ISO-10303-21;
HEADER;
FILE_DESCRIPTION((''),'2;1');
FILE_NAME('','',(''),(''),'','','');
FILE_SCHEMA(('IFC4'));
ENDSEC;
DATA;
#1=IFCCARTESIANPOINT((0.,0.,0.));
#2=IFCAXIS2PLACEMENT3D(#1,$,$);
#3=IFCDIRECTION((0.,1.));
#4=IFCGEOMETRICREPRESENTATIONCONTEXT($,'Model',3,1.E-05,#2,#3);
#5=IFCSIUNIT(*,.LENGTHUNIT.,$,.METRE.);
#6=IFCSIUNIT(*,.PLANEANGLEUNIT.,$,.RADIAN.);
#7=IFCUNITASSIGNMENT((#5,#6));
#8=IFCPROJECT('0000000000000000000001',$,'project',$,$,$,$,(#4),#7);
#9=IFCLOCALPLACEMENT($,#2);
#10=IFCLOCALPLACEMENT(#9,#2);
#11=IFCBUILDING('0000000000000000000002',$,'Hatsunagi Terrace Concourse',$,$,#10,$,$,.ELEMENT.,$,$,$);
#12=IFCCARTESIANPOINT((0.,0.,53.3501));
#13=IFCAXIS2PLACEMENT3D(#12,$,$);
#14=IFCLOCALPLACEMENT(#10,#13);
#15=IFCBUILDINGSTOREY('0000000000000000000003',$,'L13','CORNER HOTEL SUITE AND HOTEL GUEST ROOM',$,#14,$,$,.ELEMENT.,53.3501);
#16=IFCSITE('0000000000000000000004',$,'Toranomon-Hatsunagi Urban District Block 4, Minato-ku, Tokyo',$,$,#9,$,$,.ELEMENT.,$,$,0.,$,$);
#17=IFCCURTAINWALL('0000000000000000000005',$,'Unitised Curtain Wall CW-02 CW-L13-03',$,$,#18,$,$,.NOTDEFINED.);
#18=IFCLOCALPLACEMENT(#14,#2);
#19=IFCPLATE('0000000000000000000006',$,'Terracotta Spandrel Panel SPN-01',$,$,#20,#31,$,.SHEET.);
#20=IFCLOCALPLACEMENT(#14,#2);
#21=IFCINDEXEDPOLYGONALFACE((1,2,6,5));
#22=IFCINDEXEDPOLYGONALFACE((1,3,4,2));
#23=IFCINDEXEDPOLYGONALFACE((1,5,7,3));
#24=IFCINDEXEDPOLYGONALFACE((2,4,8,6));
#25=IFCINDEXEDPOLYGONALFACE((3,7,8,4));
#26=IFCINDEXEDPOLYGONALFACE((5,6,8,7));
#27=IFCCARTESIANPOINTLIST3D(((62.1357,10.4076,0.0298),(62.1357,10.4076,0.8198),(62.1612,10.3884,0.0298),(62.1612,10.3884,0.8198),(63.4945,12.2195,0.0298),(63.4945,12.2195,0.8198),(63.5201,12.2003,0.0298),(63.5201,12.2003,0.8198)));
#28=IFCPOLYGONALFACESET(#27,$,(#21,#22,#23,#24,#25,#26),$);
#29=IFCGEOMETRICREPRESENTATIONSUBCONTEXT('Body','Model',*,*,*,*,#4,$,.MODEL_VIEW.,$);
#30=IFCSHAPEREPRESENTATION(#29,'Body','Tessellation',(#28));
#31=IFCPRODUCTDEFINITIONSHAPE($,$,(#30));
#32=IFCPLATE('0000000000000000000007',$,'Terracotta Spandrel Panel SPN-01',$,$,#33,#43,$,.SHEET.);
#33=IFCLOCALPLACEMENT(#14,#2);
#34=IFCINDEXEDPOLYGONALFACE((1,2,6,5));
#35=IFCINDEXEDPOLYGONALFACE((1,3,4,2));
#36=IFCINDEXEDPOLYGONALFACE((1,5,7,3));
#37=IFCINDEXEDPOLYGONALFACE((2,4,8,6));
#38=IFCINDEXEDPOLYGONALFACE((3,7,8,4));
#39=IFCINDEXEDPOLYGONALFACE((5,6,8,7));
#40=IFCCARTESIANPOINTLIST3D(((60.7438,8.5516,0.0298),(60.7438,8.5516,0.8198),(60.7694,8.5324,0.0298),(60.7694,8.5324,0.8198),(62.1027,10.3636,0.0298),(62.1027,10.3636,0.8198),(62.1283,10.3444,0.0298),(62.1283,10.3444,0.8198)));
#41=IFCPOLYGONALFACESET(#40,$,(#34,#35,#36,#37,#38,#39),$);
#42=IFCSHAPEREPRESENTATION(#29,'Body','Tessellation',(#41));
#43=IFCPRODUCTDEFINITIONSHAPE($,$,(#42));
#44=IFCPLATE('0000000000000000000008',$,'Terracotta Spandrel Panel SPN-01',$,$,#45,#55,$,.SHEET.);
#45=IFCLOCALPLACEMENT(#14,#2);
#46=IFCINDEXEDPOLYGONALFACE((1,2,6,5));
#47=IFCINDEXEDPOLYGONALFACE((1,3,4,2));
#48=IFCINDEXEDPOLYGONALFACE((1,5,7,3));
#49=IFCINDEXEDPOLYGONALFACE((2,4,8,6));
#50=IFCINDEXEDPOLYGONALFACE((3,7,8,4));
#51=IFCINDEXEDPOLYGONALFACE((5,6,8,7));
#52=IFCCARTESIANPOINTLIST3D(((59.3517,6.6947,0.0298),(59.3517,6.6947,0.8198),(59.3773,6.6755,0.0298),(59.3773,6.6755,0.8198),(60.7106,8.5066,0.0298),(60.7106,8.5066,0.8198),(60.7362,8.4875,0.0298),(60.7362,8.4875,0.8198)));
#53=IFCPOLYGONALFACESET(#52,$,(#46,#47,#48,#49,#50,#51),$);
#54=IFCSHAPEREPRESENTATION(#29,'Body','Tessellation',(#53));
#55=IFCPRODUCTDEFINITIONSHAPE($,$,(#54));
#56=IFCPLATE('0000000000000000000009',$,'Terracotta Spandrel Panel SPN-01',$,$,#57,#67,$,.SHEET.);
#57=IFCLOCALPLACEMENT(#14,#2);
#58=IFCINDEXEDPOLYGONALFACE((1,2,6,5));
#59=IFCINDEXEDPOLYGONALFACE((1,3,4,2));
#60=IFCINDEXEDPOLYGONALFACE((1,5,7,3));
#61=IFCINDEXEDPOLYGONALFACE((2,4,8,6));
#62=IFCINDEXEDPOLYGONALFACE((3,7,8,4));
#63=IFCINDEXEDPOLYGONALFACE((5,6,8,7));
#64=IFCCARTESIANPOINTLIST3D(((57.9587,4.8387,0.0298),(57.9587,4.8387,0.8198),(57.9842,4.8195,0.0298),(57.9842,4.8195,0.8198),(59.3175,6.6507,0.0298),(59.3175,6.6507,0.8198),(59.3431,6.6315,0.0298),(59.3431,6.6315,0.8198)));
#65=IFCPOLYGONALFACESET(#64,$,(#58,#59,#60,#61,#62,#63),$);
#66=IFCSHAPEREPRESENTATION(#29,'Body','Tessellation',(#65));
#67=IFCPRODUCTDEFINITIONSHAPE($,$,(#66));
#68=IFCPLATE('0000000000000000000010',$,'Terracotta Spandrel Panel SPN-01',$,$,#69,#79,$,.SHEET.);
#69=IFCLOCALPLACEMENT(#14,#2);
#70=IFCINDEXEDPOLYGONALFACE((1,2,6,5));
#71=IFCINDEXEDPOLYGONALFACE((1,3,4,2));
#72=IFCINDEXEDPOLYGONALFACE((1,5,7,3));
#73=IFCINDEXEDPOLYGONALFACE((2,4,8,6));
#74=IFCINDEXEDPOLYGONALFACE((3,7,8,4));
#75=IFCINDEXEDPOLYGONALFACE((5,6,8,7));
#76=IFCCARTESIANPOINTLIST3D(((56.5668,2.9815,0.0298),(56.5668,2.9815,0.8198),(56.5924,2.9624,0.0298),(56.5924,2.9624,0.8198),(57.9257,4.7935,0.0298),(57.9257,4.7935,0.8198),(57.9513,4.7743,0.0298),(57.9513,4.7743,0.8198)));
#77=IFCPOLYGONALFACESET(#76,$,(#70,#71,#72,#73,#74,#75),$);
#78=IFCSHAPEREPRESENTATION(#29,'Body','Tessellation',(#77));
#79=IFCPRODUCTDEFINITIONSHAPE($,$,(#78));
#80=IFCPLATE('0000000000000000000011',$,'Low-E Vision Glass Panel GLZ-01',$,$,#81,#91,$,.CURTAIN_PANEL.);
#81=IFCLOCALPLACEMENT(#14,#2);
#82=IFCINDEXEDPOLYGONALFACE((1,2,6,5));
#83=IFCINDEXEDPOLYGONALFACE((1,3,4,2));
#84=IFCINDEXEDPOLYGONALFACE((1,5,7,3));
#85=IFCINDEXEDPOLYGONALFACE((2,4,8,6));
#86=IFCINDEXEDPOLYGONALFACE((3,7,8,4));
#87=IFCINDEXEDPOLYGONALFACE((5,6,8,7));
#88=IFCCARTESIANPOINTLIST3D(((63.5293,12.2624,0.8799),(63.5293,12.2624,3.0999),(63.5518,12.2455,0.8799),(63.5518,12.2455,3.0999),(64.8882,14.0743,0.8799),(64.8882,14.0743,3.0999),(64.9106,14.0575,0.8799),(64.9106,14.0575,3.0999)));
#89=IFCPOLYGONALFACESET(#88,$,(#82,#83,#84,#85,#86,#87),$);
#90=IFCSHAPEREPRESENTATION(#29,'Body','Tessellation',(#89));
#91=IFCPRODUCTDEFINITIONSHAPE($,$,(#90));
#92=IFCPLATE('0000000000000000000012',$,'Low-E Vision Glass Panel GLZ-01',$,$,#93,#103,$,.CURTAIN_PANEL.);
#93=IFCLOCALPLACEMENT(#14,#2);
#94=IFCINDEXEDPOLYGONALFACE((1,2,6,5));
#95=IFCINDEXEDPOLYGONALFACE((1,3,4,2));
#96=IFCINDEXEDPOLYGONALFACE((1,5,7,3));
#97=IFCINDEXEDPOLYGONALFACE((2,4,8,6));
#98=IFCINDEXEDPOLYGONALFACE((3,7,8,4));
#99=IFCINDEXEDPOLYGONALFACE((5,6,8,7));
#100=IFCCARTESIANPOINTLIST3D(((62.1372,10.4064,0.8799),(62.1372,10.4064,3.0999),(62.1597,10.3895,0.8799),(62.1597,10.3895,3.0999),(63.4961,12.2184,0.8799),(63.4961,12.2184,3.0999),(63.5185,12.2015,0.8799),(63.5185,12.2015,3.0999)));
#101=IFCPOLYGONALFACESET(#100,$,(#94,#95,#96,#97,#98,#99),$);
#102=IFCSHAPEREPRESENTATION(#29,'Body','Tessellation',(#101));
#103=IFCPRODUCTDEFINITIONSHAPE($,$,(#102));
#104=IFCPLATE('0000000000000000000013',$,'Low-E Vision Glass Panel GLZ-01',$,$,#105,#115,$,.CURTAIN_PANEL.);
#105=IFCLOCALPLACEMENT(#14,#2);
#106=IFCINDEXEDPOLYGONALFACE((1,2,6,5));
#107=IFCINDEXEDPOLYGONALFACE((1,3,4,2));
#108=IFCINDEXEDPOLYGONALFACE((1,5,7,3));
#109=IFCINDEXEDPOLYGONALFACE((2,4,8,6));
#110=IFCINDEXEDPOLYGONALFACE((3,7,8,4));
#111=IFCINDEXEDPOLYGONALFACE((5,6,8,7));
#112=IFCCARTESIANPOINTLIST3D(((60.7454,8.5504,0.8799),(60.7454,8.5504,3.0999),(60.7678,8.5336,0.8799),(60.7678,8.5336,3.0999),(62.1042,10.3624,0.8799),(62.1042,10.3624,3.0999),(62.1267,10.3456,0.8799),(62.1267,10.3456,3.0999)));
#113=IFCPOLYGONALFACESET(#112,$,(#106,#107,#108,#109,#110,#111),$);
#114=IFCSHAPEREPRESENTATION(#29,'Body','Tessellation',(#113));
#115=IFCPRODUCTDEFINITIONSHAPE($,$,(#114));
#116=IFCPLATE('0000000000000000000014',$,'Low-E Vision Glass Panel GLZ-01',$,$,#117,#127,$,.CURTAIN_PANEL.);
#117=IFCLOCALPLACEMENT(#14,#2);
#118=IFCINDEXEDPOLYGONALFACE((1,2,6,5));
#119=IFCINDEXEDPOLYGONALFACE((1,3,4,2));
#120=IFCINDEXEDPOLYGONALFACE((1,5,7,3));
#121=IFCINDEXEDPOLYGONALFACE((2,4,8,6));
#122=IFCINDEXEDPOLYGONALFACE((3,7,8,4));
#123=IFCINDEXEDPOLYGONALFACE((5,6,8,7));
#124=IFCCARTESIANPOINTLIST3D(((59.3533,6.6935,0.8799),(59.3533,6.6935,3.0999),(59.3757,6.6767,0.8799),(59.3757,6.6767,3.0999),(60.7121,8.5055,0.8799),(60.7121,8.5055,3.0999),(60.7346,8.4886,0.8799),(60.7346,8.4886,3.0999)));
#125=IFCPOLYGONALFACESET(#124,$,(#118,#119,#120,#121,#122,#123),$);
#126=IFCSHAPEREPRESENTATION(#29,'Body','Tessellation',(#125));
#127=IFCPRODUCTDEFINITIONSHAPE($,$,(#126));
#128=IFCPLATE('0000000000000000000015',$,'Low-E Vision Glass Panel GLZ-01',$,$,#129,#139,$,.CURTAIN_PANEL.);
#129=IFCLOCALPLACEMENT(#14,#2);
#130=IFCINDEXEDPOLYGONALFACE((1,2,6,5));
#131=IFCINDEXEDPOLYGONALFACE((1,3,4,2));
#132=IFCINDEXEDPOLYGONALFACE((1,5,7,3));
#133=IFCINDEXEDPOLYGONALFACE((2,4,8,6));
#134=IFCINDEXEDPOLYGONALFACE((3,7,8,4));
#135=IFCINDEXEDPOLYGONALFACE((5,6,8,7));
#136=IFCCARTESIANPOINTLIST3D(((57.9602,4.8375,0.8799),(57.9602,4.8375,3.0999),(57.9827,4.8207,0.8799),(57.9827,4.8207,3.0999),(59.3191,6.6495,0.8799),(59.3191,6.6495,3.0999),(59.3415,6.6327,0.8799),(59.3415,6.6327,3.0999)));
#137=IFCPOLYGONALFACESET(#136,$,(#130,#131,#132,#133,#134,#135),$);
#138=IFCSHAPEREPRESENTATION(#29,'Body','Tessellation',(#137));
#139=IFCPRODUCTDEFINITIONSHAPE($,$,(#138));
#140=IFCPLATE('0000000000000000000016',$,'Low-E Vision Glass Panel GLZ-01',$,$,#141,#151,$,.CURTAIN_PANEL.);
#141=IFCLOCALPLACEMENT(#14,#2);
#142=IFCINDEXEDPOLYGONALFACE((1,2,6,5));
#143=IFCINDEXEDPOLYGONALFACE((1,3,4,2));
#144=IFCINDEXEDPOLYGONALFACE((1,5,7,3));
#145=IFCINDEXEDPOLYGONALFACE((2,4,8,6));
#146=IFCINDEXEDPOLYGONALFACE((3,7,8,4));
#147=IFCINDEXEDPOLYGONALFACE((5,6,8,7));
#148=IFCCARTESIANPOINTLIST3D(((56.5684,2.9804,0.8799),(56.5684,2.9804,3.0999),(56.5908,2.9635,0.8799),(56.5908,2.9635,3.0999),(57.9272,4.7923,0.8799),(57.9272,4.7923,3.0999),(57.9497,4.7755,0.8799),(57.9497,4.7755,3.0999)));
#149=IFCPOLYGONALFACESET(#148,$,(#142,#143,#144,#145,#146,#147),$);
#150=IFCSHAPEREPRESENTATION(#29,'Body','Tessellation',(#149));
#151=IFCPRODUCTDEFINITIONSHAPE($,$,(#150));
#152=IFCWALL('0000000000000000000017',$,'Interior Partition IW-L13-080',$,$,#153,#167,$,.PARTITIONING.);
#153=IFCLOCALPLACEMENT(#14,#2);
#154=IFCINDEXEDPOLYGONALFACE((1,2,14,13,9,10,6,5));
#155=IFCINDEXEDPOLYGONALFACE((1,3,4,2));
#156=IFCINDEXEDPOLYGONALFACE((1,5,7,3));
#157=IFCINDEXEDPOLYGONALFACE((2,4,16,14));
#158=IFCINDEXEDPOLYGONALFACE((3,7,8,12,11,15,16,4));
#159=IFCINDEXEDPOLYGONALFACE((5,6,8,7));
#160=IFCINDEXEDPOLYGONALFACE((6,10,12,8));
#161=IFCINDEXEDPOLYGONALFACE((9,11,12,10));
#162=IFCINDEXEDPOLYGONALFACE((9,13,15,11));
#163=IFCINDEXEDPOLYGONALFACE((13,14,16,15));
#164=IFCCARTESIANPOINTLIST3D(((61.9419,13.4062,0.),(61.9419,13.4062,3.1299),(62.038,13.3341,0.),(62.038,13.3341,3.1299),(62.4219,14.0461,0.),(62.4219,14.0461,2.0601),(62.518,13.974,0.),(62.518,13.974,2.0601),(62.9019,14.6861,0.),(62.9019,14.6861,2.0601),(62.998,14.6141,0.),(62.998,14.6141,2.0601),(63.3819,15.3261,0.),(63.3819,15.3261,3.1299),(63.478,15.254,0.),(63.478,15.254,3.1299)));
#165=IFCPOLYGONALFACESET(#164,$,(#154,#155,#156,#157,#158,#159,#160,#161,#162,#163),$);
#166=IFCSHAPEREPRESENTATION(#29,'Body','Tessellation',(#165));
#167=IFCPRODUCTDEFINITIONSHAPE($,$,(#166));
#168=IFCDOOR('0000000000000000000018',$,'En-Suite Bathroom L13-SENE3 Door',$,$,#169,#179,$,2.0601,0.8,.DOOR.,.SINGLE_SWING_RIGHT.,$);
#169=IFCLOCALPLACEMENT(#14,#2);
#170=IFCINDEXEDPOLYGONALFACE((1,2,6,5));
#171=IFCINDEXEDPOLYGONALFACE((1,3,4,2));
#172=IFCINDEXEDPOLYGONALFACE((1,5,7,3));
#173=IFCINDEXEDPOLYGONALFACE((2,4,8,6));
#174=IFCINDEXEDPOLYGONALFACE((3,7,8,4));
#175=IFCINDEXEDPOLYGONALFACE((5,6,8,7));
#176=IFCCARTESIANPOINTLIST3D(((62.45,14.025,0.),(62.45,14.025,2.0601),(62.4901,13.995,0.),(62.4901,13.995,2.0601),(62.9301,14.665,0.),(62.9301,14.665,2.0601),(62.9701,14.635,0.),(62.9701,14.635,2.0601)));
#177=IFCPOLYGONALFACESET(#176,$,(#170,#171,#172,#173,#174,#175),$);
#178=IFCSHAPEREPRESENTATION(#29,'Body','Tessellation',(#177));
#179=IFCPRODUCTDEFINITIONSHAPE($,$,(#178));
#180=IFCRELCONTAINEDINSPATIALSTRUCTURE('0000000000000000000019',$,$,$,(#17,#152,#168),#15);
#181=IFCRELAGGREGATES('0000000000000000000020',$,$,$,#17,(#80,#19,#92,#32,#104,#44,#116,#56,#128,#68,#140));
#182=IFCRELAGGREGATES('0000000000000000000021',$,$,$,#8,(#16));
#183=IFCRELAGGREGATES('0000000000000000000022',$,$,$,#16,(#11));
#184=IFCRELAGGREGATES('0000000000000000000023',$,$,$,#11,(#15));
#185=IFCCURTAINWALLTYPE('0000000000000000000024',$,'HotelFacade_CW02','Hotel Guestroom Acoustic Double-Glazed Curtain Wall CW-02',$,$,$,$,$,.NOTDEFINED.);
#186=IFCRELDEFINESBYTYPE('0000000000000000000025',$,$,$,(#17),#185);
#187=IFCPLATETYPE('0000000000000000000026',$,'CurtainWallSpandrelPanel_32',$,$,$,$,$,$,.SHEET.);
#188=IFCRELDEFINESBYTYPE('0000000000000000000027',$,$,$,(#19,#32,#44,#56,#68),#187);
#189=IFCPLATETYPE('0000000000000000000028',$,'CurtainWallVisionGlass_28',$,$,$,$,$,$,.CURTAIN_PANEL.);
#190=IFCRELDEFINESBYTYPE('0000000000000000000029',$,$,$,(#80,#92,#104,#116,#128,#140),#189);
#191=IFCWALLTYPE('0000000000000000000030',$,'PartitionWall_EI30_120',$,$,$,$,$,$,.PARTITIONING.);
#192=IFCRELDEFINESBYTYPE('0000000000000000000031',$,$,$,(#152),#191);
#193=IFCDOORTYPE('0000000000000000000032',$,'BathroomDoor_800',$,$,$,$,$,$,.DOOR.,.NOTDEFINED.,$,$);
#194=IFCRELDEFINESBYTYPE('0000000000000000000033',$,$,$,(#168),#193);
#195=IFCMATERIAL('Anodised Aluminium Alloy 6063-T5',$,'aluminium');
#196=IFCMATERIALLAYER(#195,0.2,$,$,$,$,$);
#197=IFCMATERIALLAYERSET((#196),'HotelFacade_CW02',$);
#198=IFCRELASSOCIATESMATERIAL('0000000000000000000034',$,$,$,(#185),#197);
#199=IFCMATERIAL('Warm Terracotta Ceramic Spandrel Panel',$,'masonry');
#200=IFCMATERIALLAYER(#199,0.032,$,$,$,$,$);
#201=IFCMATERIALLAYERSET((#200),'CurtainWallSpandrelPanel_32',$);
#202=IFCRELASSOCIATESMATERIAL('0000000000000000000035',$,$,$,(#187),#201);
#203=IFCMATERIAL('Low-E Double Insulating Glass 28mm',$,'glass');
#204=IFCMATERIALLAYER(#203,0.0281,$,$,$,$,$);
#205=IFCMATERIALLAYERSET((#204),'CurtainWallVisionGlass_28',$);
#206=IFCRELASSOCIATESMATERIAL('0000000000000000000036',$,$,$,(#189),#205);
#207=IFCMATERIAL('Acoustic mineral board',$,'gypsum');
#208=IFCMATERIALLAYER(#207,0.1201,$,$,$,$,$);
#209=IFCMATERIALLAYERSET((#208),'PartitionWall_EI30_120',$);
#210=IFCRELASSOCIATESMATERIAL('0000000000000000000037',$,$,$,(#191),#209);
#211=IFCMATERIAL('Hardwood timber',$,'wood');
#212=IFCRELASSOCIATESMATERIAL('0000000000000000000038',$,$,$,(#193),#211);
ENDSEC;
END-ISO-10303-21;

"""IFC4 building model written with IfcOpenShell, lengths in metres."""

from ifc_helpers import new_model, si_unit, direction, frame, frame_2d, origin, origin_2d, place, context, subcontext, project, spatial, rectangle, extrude, material, layer, layer_set, type_object, element, fill, aggregate, save


model = new_model("IFC4")

# Units and contexts
model_context = context("Model", 3, precision=1e-05, world=origin(), true_north=direction((0.0, 1.0)))
body_context = subcontext(model_context, "Body", "Model", "MODEL_VIEW")
ifc_project = project(units=[si_unit("LENGTHUNIT", "METRE"), si_unit("PLANEANGLEUNIT", "RADIAN")], contexts=[model_context])

# Site, building, storey
site_placement = place(None, origin())
site = spatial("IfcSite", under=ifc_project, at=site_placement, Name="Toranomon-Hatsunagi Urban District Block 4, Minato-ku, Tokyo", CompositionType="ELEMENT", RefElevation=0.0)
building_placement = place(site_placement, origin())
building = spatial("IfcBuilding", under=site, at=building_placement, Name="Hatsunagi Terrace Concourse", CompositionType="ELEMENT")
storey_placement = place(building_placement, frame((0.0, 0.0, 53.3501)))
storey = spatial("IfcBuildingStorey", under=building, at=storey_placement, Name="L13", Description="CORNER HOTEL SUITE AND HOTEL GUEST ROOM", CompositionType="ELEMENT", Elevation=53.3501)

# Curtain wall
ifc_material_1 = material(Name="Anodised Aluminium Alloy 6063-T5", Category="aluminium")
ifc_layer_1 = layer(ifc_material_1, 0.2)
ifc_layer_set_1 = layer_set([ifc_layer_1], Name="HotelFacade_CW02")
curtain_wall_type = type_object("IfcCurtainWallType", Name="HotelFacade_CW02", Description="Hotel Guestroom Acoustic Double-Glazed Curtain Wall CW-02", PredefinedType="NOTDEFINED", material=ifc_layer_set_1)
curtain_wall_placement = place(storey_placement, origin())
curtain_wall = element("IfcCurtainWall", 1, at=curtain_wall_placement, inside=storey, type_object=curtain_wall_type, Name="Unitised Curtain Wall CW-02 CW-L13-03", PredefinedType="NOTDEFINED")

# Plates
ifc_material_2 = material(Name="Warm Terracotta Ceramic Spandrel Panel", Category="masonry")
ifc_layer_2 = layer(ifc_material_2, 0.032)
ifc_layer_set_2 = layer_set([ifc_layer_2], Name="CurtainWallSpandrelPanel_32")
plate_type_1 = type_object("IfcPlateType", Name="CurtainWallSpandrelPanel_32", PredefinedType="SHEET", material=ifc_layer_set_2)
plate_1_placement = place(storey_placement, frame((62.8279, 11.304, 0.0298), z_axis=(0.0, 0.0, 1.0), x_axis=(-0.599969, -0.800023, 0.0)))
plate_1 = element("IfcPlate", 2, at=plate_1_placement, type_object=plate_type_1, Name="Terracotta Spandrel Panel SPN-01", PredefinedType="SHEET", context=body_context, shape_type="SweptSolid", body=[
    extrude(rectangle(XDim=2.2649, YDim=0.032, at=origin_2d()), origin(), (0.0, 0.0, 1.0), 0.79),
])
plate_2_placement = place(storey_placement, frame((61.436, 9.448, 0.0298), z_axis=(0.0, 0.0, 1.0), x_axis=(-0.599969, -0.800023, 0.0)))
plate_2 = element("IfcPlate", 3, at=plate_2_placement, type_object=plate_type_1, Name="Terracotta Spandrel Panel SPN-01", PredefinedType="SHEET", context=body_context, shape_type="SweptSolid", body=[
    extrude(rectangle(XDim=2.2649, YDim=0.032, at=origin_2d()), origin(), (0.0, 0.0, 1.0), 0.79),
])
plate_3_placement = place(storey_placement, frame((60.0439, 7.5911, 0.0298), z_axis=(0.0, 0.0, 1.0), x_axis=(-0.599969, -0.800023, 0.0)))
plate_3 = element("IfcPlate", 4, at=plate_3_placement, type_object=plate_type_1, Name="Terracotta Spandrel Panel SPN-01", PredefinedType="SHEET", context=body_context, shape_type="SweptSolid", body=[
    extrude(rectangle(XDim=2.2649, YDim=0.032, at=origin_2d()), origin(), (0.0, 0.0, 1.0), 0.79),
])
plate_4_placement = place(storey_placement, frame((58.6509, 5.7351, 0.0298), z_axis=(0.0, 0.0, 1.0), x_axis=(-0.599969, -0.800023, 0.0)))
plate_4 = element("IfcPlate", 5, at=plate_4_placement, type_object=plate_type_1, Name="Terracotta Spandrel Panel SPN-01", PredefinedType="SHEET", context=body_context, shape_type="SweptSolid", body=[
    extrude(rectangle(XDim=2.2649, YDim=0.032, at=origin_2d()), origin(), (0.0, 0.0, 1.0), 0.79),
])
plate_5_placement = place(storey_placement, frame((57.259, 3.8779, 0.0298), z_axis=(0.0, 0.0, 1.0), x_axis=(-0.599969, -0.800023, 0.0)))
plate_5 = element("IfcPlate", 6, at=plate_5_placement, type_object=plate_type_1, Name="Terracotta Spandrel Panel SPN-01", PredefinedType="SHEET", context=body_context, shape_type="SweptSolid", body=[
    extrude(rectangle(XDim=2.2649, YDim=0.032, at=origin_2d()), origin(), (0.0, 0.0, 1.0), 0.79),
])
ifc_material_3 = material(Name="Low-E Double Insulating Glass 28mm", Category="glass")
ifc_layer_3 = layer(ifc_material_3, 0.0281)
ifc_layer_set_3 = layer_set([ifc_layer_3], Name="CurtainWallVisionGlass_28")
plate_type_2 = type_object("IfcPlateType", Name="CurtainWallVisionGlass_28", PredefinedType="CURTAIN_PANEL", material=ifc_layer_set_3)
plate_6_placement = place(storey_placement, frame((64.22, 13.1599, 0.8799), z_axis=(0.0, 0.0, 1.0), x_axis=(-0.599969, -0.800023, 0.0)))
plate_6 = element("IfcPlate", 7, at=plate_6_placement, type_object=plate_type_2, Name="Low-E Vision Glass Panel GLZ-01", PredefinedType="CURTAIN_PANEL", context=body_context, shape_type="SweptSolid", body=[
    extrude(rectangle(XDim=2.2649, YDim=0.0281, at=origin_2d()), origin(), (0.0, 0.0, 1.0), 2.22),
])
plate_7_placement = place(storey_placement, frame((62.8279, 11.304, 0.8799), z_axis=(0.0, 0.0, 1.0), x_axis=(-0.599969, -0.800023, 0.0)))
plate_7 = element("IfcPlate", 8, at=plate_7_placement, type_object=plate_type_2, Name="Low-E Vision Glass Panel GLZ-01", PredefinedType="CURTAIN_PANEL", context=body_context, shape_type="SweptSolid", body=[
    extrude(rectangle(XDim=2.2649, YDim=0.0281, at=origin_2d()), origin(), (0.0, 0.0, 1.0), 2.22),
])
plate_8_placement = place(storey_placement, frame((61.436, 9.448, 0.8799), z_axis=(0.0, 0.0, 1.0), x_axis=(-0.599969, -0.800023, 0.0)))
plate_8 = element("IfcPlate", 9, at=plate_8_placement, type_object=plate_type_2, Name="Low-E Vision Glass Panel GLZ-01", PredefinedType="CURTAIN_PANEL", context=body_context, shape_type="SweptSolid", body=[
    extrude(rectangle(XDim=2.2649, YDim=0.0281, at=origin_2d()), origin(), (0.0, 0.0, 1.0), 2.22),
])
plate_9_placement = place(storey_placement, frame((60.0439, 7.5911, 0.8799), z_axis=(0.0, 0.0, 1.0), x_axis=(-0.599969, -0.800023, 0.0)))
plate_9 = element("IfcPlate", 10, at=plate_9_placement, type_object=plate_type_2, Name="Low-E Vision Glass Panel GLZ-01", PredefinedType="CURTAIN_PANEL", context=body_context, shape_type="SweptSolid", body=[
    extrude(rectangle(XDim=2.2649, YDim=0.0281, at=origin_2d()), origin(), (0.0, 0.0, 1.0), 2.22),
])
plate_10_placement = place(storey_placement, frame((58.6509, 5.7351, 0.8799), z_axis=(0.0, 0.0, 1.0), x_axis=(-0.599969, -0.800023, 0.0)))
plate_10 = element("IfcPlate", 11, at=plate_10_placement, type_object=plate_type_2, Name="Low-E Vision Glass Panel GLZ-01", PredefinedType="CURTAIN_PANEL", context=body_context, shape_type="SweptSolid", body=[
    extrude(rectangle(XDim=2.2649, YDim=0.0281, at=origin_2d()), origin(), (0.0, 0.0, 1.0), 2.22),
])
plate_11_placement = place(storey_placement, frame((57.259, 3.8779, 0.8799), z_axis=(0.0, 0.0, 1.0), x_axis=(-0.599969, -0.800023, 0.0)))
plate_11 = element("IfcPlate", 12, at=plate_11_placement, type_object=plate_type_2, Name="Low-E Vision Glass Panel GLZ-01", PredefinedType="CURTAIN_PANEL", context=body_context, shape_type="SweptSolid", body=[
    extrude(rectangle(XDim=2.2649, YDim=0.0281, at=origin_2d()), origin(), (0.0, 0.0, 1.0), 2.22),
])
aggregate(curtain_wall, [plate_6, plate_1, plate_7, plate_2, plate_8, plate_3, plate_9, plate_4, plate_10, plate_5, plate_11])

# Wall, opening, door
ifc_material_4 = material(Name="Acoustic mineral board", Category="gypsum")
ifc_layer_4 = layer(ifc_material_4, 0.1201)
ifc_layer_set_4 = layer_set([ifc_layer_4], Name="PartitionWall_EI30_120")
wall_type_1 = type_object("IfcWallType", Name="PartitionWall_EI30_120", PredefinedType="PARTITIONING", material=ifc_layer_set_4)
wall_1_placement = place(storey_placement, frame((61.99, 13.3701, 0.0), z_axis=(0.0, 0.0, 1.0), x_axis=(0.6, 0.8, 0.0)))
wall_1 = element("IfcWall", 13, at=wall_1_placement, inside=storey, type_object=wall_type_1, Name="Interior Partition IW-L13-080", PredefinedType="PARTITIONING", context=body_context, shape_type="SweptSolid", body=[
    extrude(rectangle(XDim=2.3999, YDim=0.1201, at=frame_2d((1.2, 0.0))), origin(), (0.0, 0.0, 1.0), 3.1299),
])
opening_1_placement = place(wall_1_placement, frame((0.8, 0.0, 0.0)))
opening_1 = element("IfcOpeningElement", 14, at=opening_1_placement, cuts=wall_1, PredefinedType="OPENING", context=body_context, shape_type="SweptSolid", body=[
    extrude(rectangle(XDim=0.8, YDim=2.0601, at=frame_2d((0.3999, 1.03))), frame((0.0, 0.0701, 0.0), z_axis=(0.0, -1.0, 0.0), x_axis=(1.0, 0.0, 0.0)), (0.0, 0.0, 1.0), 0.1401),
])
ifc_material_5 = material(Name="Hardwood timber", Category="wood")
door_type = type_object("IfcDoorType", Name="BathroomDoor_800", OperationType="NOTDEFINED", PredefinedType="DOOR", material=ifc_material_5)
door_placement = place(opening_1_placement, origin())
door = element("IfcDoor", 15, at=door_placement, inside=storey, type_object=door_type, Name="En-Suite Bathroom L13-SENE3 Door", OperationType="SINGLE_SWING_RIGHT", OverallHeight=2.0601, OverallWidth=0.8, PredefinedType="DOOR", context=body_context, shape_type="SweptSolid", body=[
    extrude(rectangle(XDim=0.8, YDim=2.0601, at=frame_2d((0.3999, 1.03))), frame((0.0, 0.0249, 0.0), z_axis=(0.0, -1.0, 0.0), x_axis=(1.0, 0.0, 0.0)), (0.0, 0.0, 1.0), 0.05),
])
fill(opening_1, door)

save(model, "model.ifc")
